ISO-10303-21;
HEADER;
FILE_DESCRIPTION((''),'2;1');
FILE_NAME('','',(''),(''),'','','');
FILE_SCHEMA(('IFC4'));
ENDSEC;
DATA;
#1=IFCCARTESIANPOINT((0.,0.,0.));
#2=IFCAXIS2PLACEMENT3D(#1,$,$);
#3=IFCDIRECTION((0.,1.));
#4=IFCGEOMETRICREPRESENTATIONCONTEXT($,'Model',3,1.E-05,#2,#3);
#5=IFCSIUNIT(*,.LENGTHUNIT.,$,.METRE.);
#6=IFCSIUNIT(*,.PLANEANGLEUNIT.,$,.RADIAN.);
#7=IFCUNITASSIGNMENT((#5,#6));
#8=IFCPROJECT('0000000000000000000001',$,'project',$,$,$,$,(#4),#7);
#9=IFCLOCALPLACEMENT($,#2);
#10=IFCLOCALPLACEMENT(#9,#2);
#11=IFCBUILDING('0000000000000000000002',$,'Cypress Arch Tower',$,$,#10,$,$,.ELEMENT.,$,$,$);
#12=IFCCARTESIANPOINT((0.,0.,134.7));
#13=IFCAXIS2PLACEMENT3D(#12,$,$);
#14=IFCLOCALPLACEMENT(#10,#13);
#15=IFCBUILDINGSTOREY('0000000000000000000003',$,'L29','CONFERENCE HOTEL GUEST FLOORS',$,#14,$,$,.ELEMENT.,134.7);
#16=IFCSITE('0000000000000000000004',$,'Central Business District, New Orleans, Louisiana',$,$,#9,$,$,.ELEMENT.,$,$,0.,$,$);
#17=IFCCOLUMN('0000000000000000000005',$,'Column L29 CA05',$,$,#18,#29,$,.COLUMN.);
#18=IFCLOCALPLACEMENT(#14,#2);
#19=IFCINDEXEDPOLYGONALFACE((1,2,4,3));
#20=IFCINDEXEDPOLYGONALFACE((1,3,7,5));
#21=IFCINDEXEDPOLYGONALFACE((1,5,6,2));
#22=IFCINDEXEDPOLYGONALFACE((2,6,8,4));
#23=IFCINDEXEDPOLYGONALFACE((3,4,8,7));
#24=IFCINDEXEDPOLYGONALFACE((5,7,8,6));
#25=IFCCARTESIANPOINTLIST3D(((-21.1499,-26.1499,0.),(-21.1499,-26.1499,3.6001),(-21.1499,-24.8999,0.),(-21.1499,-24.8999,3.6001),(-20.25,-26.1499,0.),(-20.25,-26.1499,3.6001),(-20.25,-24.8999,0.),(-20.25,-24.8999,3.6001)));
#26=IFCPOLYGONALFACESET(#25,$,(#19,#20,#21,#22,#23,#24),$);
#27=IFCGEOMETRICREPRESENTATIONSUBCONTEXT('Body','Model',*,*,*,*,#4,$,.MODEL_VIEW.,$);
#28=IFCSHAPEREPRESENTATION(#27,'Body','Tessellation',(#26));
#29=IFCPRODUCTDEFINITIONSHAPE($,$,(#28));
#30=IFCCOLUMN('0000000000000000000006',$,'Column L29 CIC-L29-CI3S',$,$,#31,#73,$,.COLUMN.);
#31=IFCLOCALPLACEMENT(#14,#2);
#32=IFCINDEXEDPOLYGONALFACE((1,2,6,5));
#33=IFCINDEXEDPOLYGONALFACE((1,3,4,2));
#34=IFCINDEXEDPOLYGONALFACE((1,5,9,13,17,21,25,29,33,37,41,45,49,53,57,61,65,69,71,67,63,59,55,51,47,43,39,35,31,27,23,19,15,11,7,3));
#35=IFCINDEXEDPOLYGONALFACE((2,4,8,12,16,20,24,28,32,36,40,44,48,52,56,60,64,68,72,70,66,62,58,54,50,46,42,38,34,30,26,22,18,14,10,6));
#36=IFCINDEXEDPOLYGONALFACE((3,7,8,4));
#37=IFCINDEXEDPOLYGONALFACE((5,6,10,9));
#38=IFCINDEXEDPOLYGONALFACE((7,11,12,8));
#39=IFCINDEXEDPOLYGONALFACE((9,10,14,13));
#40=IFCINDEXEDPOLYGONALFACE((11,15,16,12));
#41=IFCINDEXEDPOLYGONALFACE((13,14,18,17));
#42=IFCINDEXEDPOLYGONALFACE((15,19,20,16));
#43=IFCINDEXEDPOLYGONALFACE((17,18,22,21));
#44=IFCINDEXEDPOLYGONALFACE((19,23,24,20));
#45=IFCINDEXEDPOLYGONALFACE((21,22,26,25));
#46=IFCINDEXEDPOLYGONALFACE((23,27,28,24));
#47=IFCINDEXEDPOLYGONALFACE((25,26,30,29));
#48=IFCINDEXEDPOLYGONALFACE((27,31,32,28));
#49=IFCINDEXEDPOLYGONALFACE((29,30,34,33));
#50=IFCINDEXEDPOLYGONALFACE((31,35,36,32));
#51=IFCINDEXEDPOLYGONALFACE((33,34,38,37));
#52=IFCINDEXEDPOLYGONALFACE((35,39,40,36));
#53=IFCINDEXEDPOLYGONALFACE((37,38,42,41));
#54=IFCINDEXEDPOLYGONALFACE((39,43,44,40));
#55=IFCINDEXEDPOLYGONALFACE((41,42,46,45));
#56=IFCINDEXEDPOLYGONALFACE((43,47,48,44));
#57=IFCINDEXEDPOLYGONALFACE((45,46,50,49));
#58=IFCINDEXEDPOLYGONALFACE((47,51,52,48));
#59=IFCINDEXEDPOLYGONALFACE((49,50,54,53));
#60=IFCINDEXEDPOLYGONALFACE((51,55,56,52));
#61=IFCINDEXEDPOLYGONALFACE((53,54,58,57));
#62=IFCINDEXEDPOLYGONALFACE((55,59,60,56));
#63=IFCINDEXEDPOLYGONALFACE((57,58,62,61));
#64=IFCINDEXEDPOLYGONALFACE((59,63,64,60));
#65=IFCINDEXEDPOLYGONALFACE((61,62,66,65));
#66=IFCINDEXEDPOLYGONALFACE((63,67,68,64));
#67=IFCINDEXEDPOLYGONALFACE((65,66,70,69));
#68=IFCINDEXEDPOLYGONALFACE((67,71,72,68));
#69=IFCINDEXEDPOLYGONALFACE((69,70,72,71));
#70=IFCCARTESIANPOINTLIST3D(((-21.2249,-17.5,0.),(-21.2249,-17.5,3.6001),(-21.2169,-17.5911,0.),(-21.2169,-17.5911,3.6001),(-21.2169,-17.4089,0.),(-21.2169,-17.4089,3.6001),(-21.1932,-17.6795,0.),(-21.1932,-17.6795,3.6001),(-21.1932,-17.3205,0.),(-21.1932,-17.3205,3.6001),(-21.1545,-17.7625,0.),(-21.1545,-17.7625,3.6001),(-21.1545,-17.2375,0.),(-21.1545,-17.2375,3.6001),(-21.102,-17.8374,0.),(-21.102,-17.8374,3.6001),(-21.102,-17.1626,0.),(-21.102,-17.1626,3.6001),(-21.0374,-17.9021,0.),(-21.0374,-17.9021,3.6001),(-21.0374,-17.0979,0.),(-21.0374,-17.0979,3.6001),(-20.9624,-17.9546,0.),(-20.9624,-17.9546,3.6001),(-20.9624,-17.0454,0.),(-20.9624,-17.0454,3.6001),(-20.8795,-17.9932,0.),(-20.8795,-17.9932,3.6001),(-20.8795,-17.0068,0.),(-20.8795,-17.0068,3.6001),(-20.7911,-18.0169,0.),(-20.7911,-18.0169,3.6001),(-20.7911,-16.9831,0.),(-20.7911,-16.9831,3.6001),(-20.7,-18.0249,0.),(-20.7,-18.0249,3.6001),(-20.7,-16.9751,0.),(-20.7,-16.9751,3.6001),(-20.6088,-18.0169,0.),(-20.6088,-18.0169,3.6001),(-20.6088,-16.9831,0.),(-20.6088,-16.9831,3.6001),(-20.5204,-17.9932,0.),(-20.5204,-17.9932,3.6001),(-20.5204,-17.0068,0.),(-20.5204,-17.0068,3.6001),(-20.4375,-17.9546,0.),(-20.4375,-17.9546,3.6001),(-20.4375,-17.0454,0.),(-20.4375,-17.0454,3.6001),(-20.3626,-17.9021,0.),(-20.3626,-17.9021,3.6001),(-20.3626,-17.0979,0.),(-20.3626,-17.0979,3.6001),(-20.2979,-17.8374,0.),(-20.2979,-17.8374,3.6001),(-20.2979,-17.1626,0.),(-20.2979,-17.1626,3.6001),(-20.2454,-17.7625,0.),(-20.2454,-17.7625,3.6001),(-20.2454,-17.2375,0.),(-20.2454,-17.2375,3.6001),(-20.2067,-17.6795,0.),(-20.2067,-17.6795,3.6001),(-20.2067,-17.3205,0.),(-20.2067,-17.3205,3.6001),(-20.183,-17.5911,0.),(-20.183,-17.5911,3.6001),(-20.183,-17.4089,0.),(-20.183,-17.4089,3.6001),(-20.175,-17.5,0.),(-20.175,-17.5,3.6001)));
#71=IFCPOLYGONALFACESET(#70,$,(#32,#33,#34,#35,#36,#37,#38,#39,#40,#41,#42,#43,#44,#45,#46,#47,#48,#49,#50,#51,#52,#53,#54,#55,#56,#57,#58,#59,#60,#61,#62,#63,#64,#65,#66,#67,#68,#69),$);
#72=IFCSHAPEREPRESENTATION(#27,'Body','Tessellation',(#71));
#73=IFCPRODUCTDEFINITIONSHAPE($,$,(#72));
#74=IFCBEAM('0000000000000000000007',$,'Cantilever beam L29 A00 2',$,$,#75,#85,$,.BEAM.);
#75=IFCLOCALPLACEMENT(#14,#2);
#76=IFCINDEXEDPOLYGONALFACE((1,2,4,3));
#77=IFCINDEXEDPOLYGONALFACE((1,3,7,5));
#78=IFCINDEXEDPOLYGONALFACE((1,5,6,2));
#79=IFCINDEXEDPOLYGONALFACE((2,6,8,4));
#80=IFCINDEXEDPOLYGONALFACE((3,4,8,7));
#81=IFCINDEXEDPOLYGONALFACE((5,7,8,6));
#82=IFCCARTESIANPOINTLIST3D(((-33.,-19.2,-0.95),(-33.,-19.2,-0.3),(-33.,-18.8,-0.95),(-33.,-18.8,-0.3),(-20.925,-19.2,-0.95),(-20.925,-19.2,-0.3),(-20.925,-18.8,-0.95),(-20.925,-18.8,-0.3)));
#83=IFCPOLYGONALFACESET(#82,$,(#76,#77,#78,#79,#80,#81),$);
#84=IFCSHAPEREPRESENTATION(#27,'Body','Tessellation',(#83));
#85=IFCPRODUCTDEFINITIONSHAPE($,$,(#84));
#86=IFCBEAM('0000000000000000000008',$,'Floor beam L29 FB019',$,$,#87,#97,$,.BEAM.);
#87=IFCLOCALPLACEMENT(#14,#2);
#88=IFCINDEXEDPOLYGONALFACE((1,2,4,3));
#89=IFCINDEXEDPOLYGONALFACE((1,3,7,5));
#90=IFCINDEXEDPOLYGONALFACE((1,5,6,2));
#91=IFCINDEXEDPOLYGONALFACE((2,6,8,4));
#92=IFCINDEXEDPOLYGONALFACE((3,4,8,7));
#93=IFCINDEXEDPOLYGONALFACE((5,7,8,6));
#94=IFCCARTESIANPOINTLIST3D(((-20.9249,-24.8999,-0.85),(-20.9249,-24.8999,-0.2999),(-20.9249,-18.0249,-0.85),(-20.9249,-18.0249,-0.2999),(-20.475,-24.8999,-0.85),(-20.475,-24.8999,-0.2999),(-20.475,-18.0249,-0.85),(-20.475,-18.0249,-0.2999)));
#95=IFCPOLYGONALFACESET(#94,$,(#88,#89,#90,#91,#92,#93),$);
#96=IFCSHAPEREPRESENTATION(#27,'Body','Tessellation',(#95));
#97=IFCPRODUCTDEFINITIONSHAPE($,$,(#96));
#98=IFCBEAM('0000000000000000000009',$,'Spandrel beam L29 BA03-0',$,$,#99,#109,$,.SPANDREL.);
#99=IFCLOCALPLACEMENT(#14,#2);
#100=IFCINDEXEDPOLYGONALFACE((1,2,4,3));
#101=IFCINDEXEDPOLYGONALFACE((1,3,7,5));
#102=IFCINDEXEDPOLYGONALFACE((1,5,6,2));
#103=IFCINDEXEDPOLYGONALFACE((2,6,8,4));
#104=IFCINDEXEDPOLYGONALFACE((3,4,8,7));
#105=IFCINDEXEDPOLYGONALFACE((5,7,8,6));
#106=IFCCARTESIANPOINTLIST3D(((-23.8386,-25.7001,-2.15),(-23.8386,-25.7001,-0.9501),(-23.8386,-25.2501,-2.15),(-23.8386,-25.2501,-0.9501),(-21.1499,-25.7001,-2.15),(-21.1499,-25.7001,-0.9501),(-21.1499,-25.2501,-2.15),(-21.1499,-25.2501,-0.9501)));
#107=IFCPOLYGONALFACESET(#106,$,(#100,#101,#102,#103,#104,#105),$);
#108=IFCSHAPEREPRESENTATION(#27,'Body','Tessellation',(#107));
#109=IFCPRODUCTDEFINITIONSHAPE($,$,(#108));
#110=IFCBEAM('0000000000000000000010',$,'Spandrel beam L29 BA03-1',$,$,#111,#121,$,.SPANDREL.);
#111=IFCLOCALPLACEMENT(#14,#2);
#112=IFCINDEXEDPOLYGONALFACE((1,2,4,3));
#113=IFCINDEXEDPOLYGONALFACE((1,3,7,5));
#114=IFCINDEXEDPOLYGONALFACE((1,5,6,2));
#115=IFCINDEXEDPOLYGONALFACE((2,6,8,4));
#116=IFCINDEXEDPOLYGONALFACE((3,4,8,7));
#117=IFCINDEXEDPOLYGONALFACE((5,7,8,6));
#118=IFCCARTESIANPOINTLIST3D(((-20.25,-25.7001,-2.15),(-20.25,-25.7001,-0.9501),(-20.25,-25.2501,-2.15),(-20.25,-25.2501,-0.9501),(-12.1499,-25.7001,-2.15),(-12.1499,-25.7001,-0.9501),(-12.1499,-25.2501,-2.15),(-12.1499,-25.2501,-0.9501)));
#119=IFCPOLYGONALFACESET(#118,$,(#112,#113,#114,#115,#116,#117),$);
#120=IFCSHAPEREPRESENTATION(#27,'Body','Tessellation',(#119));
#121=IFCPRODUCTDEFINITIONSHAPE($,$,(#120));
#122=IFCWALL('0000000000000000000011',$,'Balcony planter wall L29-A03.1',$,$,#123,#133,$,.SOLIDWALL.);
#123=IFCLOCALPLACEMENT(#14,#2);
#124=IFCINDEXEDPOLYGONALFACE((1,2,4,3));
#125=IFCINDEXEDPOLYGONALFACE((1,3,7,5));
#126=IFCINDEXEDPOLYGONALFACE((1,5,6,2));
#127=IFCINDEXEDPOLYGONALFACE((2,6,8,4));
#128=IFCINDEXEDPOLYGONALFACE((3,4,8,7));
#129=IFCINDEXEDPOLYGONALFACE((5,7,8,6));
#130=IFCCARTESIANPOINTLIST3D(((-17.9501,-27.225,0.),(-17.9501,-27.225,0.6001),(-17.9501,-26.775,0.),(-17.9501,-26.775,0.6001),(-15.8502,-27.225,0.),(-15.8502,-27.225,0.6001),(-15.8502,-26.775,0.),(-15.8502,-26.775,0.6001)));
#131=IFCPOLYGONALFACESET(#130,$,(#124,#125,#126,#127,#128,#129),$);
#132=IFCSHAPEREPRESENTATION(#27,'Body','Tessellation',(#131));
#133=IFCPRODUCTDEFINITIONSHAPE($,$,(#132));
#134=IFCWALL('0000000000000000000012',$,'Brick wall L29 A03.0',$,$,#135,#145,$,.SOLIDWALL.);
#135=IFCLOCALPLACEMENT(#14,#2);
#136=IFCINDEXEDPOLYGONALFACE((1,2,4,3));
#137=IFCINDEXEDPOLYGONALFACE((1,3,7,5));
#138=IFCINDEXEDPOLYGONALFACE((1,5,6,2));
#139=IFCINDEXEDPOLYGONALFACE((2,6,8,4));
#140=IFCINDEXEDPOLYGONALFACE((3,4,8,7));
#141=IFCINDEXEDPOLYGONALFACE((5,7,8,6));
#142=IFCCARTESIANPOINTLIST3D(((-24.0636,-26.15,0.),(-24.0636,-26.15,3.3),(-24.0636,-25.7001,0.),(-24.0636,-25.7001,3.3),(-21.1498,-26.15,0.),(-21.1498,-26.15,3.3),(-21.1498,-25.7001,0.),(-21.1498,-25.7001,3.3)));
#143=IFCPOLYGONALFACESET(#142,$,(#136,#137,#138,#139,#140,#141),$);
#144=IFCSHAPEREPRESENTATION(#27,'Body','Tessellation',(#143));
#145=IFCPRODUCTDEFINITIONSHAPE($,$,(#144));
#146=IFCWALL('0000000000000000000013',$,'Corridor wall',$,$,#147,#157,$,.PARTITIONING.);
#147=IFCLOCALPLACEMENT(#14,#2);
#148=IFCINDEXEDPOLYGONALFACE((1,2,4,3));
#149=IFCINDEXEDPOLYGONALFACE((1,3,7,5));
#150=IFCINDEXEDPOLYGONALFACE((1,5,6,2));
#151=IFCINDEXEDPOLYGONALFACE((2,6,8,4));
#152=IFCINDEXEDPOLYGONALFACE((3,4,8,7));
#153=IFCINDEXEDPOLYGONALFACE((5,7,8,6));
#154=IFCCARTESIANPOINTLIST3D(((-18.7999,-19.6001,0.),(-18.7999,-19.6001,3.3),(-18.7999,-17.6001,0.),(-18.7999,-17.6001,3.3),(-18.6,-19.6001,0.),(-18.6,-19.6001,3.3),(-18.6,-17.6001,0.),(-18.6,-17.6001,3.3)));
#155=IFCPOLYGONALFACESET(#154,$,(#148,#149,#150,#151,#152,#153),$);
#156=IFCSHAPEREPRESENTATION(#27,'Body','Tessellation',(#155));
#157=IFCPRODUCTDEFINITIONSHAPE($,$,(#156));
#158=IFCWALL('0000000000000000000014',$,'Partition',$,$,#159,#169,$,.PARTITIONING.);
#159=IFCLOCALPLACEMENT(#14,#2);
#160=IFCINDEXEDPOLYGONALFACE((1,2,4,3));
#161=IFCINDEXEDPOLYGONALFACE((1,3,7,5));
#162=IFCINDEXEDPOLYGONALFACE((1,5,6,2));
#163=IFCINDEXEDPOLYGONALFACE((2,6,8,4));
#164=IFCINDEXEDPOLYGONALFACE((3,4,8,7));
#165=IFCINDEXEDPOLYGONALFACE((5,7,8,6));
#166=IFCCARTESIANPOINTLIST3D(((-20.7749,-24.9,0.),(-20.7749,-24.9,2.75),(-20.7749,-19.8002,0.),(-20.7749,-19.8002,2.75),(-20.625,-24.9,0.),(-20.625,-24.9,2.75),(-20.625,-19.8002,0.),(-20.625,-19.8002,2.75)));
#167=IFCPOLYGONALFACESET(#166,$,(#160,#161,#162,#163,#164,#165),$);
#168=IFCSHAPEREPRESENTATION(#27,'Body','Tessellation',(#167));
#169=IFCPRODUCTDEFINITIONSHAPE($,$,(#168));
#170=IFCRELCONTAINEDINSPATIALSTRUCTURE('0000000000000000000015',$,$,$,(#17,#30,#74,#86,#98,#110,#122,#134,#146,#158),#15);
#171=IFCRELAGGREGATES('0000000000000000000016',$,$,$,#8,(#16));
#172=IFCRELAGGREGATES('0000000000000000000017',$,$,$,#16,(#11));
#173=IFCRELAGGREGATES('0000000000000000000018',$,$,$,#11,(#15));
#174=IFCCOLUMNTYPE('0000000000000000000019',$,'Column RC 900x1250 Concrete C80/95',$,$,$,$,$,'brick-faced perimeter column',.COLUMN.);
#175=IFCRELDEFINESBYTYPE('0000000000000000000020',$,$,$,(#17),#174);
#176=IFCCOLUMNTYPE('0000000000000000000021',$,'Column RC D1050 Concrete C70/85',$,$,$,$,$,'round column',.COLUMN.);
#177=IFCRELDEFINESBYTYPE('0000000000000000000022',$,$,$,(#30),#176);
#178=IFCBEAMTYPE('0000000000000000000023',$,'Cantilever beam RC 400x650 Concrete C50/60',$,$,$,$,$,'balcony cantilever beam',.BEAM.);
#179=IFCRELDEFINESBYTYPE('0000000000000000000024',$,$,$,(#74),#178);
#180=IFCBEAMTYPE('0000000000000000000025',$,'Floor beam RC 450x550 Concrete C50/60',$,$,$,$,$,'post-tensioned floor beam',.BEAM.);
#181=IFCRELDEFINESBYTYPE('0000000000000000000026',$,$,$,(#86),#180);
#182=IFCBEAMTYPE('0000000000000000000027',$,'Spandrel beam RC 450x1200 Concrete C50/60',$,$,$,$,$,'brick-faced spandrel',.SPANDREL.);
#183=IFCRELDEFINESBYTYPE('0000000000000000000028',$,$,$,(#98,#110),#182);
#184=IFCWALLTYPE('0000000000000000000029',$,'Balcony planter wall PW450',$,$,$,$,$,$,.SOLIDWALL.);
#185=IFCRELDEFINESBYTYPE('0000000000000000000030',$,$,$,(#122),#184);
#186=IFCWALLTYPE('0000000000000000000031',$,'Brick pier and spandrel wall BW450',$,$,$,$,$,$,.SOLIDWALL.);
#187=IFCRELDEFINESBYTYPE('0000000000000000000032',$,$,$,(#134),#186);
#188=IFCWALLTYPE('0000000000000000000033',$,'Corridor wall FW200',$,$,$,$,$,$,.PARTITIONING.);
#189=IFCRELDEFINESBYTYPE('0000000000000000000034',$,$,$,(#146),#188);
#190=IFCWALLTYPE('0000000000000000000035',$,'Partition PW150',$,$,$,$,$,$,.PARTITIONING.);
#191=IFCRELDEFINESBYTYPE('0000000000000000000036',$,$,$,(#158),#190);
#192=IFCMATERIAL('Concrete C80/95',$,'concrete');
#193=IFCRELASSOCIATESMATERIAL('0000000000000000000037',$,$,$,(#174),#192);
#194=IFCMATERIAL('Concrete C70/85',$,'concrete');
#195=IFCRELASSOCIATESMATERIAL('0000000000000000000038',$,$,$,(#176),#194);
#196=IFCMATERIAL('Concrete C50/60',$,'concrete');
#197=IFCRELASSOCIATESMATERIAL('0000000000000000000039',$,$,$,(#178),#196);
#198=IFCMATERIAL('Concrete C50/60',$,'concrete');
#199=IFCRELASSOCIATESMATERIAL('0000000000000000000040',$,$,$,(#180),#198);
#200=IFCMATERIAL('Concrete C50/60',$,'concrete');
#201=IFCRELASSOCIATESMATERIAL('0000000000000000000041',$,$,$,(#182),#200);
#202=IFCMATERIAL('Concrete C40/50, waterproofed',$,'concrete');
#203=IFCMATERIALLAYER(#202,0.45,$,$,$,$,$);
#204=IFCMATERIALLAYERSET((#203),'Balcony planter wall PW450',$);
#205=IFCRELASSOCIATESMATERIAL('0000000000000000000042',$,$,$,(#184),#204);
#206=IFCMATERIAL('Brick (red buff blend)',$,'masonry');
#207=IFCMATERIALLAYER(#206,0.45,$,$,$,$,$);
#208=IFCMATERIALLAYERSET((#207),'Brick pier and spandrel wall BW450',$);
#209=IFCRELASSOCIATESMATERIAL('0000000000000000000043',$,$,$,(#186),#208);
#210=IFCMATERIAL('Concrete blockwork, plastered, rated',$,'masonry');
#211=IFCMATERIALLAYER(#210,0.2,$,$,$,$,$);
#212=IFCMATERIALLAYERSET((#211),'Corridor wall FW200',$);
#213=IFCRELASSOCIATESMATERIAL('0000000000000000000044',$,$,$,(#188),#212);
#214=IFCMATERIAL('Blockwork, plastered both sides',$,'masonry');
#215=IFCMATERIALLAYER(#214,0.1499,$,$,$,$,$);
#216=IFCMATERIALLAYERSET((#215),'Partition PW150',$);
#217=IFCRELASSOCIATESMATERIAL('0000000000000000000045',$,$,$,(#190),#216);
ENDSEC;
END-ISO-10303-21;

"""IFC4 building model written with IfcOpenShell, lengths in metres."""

from ifc_helpers import new_model, si_unit, direction, frame, frame_2d, origin, origin_2d, place, context, subcontext, project, spatial, rectangle, circle, extrude, material, layer, layer_set, material_profile, profile_set, type_object, element, save


model = new_model("IFC4")

# Units and contexts
model_context = context("Model", 3, precision=1e-05, world=origin(), true_north=direction((0.0, 1.0)))
body_context = subcontext(model_context, "Body", "Model", "MODEL_VIEW")
ifc_project = project(units=[si_unit("LENGTHUNIT", "METRE"), si_unit("PLANEANGLEUNIT", "RADIAN")], contexts=[model_context])

# Site, building, storey
site_placement = place(None, origin())
site = spatial("IfcSite", under=ifc_project, at=site_placement, Name="Central Business District, New Orleans, Louisiana", CompositionType="ELEMENT", RefElevation=0.0)
building_placement = place(site_placement, origin())
building = spatial("IfcBuilding", under=site, at=building_placement, Name="Cypress Arch Tower", CompositionType="ELEMENT")
storey_placement = place(building_placement, frame((0.0, 0.0, 134.7)))
storey = spatial("IfcBuildingStorey", under=building, at=storey_placement, Name="L29", Description="CONFERENCE HOTEL GUEST FLOORS", CompositionType="ELEMENT", Elevation=134.7)

# Columns
ifc_material_1 = material(Name="Concrete C80/95", Category="concrete")
ifc_material_profile_1 = material_profile(ifc_material_1, rectangle(XDim=0.8999, YDim=1.25, at=origin_2d()), Name="RC 900x1250")
ifc_profile_set_1 = profile_set([ifc_material_profile_1], Name="Concrete C80/95")
column_type_1 = type_object("IfcColumnType", Name="Column RC 900x1250 Concrete C80/95", ElementType="brick-faced perimeter column", PredefinedType="COLUMN", material=ifc_profile_set_1)
column_1_placement = place(storey_placement, frame((-20.7, -25.5249, 0.0), z_axis=(0.0, 0.0, 1.0), x_axis=(1.0, 0.0, 0.0)))
element("IfcColumn", 1, at=column_1_placement, inside=storey, type_object=column_type_1, Name="Column L29 CA05", PredefinedType="COLUMN", context=body_context, shape_type="SweptSolid", body=[
    extrude(rectangle(XDim=0.8999, YDim=1.25, at=origin_2d()), origin(), (0.0, 0.0, 1.0), 3.6001),
])
ifc_material_2 = material(Name="Concrete C70/85", Category="concrete")
ifc_material_profile_2 = material_profile(ifc_material_2, circle(Radius=0.5249, at=origin_2d()), Name="RC D1050")
ifc_profile_set_2 = profile_set([ifc_material_profile_2], Name="Concrete C70/85")
column_type_2 = type_object("IfcColumnType", Name="Column RC D1050 Concrete C70/85", ElementType="round column", PredefinedType="COLUMN", material=ifc_profile_set_2)
column_2_placement = place(storey_placement, frame((-20.7, -17.5, 0.0), z_axis=(0.0, 0.0, 1.0), x_axis=(1.0, 0.0, 0.0)))
element("IfcColumn", 2, at=column_2_placement, inside=storey, type_object=column_type_2, Name="Column L29 CIC-L29-CI3S", PredefinedType="COLUMN", context=body_context, shape_type="SweptSolid", body=[
    extrude(circle(Radius=0.5249, at=origin_2d()), origin(), (0.0, 0.0, 1.0), 3.6001),
])

# Beams
ifc_material_3 = material(Name="Concrete C50/60", Category="concrete")
ifc_material_profile_3 = material_profile(ifc_material_3, rectangle(XDim=0.3999, YDim=0.6499, at=origin_2d()), Name="RC 400x650")
ifc_profile_set_3 = profile_set([ifc_material_profile_3], Name="Concrete C50/60")
beam_type_1 = type_object("IfcBeamType", Name="Cantilever beam RC 400x650 Concrete C50/60", ElementType="balcony cantilever beam", PredefinedType="BEAM", material=ifc_profile_set_3)
beam_1_placement = place(storey_placement, frame((-20.925, -19.0, -0.625), z_axis=(-1.0, 0.0, 0.0), x_axis=(0.0, -1.0, 0.0)))
element("IfcBeam", 3, at=beam_1_placement, inside=storey, type_object=beam_type_1, Name="Cantilever beam L29 A00 2", PredefinedType="BEAM", context=body_context, shape_type="SweptSolid", body=[
    extrude(rectangle(XDim=0.3999, YDim=0.6499, at=origin_2d()), origin(), (0.0, 0.0, 1.0), 12.075),
])
ifc_material_4 = material(Name="Concrete C50/60", Category="concrete")
ifc_material_profile_4 = material_profile(ifc_material_4, rectangle(XDim=0.45, YDim=0.55, at=origin_2d()), Name="RC 450x550")
ifc_profile_set_4 = profile_set([ifc_material_profile_4], Name="Concrete C50/60")
beam_type_2 = type_object("IfcBeamType", Name="Floor beam RC 450x550 Concrete C50/60", ElementType="post-tensioned floor beam", PredefinedType="BEAM", material=ifc_profile_set_4)
beam_2_placement = place(storey_placement, frame((-20.7, -24.8999, -0.575), z_axis=(0.0, 1.0, 0.0), x_axis=(-1.0, 0.0, 0.0)))
element("IfcBeam", 4, at=beam_2_placement, inside=storey, type_object=beam_type_2, Name="Floor beam L29 FB019", PredefinedType="BEAM", context=body_context, shape_type="SweptSolid", body=[
    extrude(rectangle(XDim=0.45, YDim=0.55, at=origin_2d()), origin(), (0.0, 0.0, 1.0), 6.875),
])
ifc_material_5 = material(Name="Concrete C50/60", Category="concrete")
ifc_material_profile_5 = material_profile(ifc_material_5, rectangle(XDim=0.45, YDim=1.2, at=origin_2d()), Name="RC 450x1200")
ifc_profile_set_5 = profile_set([ifc_material_profile_5], Name="Concrete C50/60")
beam_type_3 = type_object("IfcBeamType", Name="Spandrel beam RC 450x1200 Concrete C50/60", ElementType="brick-faced spandrel", PredefinedType="SPANDREL", material=ifc_profile_set_5)
beam_3_placement = place(storey_placement, frame((-23.8386, -25.4751, -1.55), z_axis=(1.0, 0.0, 0.0), x_axis=(0.0, 1.0, 0.0)))
element("IfcBeam", 5, at=beam_3_placement, inside=storey, type_object=beam_type_3, Name="Spandrel beam L29 BA03-0", PredefinedType="SPANDREL", context=body_context, shape_type="SweptSolid", body=[
    extrude(rectangle(XDim=0.45, YDim=1.2, at=origin_2d()), origin(), (0.0, 0.0, 1.0), 2.6887),
])
beam_4_placement = place(storey_placement, frame((-20.25, -25.4751, -1.55), z_axis=(1.0, 0.0, 0.0), x_axis=(0.0, 1.0, 0.0)))
element("IfcBeam", 6, at=beam_4_placement, inside=storey, type_object=beam_type_3, Name="Spandrel beam L29 BA03-1", PredefinedType="SPANDREL", context=body_context, shape_type="SweptSolid", body=[
    extrude(rectangle(XDim=0.45, YDim=1.2, at=origin_2d()), origin(), (0.0, 0.0, 1.0), 8.1001),
])

# Walls
ifc_material_6 = material(Name="Concrete C40/50, waterproofed", Category="concrete")
ifc_layer_1 = layer(ifc_material_6, 0.45)
ifc_layer_set_1 = layer_set([ifc_layer_1], Name="Balcony planter wall PW450")
wall_type_1 = type_object("IfcWallType", Name="Balcony planter wall PW450", PredefinedType="SOLIDWALL", material=ifc_layer_set_1)
wall_1_placement = place(storey_placement, frame((-17.95, -27.0, 0.0), z_axis=(0.0, 0.0, 1.0), x_axis=(1.0, 0.0, 0.0)))
element("IfcWall", 7, at=wall_1_placement, inside=storey, type_object=wall_type_1, Name="Balcony planter wall L29-A03.1", PredefinedType="SOLIDWALL", context=body_context, shape_type="SweptSolid", body=[
    extrude(rectangle(XDim=2.0999, YDim=0.45, at=frame_2d((1.0498, 0.0))), origin(), (0.0, 0.0, 1.0), 0.6001),
])
ifc_material_7 = material(Name="Brick (red buff blend)", Category="masonry")
ifc_layer_2 = layer(ifc_material_7, 0.45)
ifc_layer_set_2 = layer_set([ifc_layer_2], Name="Brick pier and spandrel wall BW450")
wall_type_2 = type_object("IfcWallType", Name="Brick pier and spandrel wall BW450", PredefinedType="SOLIDWALL", material=ifc_layer_set_2)
wall_2_placement = place(storey_placement, frame((-24.0637, -25.925, 0.0), z_axis=(0.0, 0.0, 1.0), x_axis=(1.0, 0.0, 0.0)))
element("IfcWall", 8, at=wall_2_placement, inside=storey, type_object=wall_type_2, Name="Brick wall L29 A03.0", PredefinedType="SOLIDWALL", context=body_context, shape_type="SweptSolid", body=[
    extrude(rectangle(XDim=2.9138, YDim=0.45, at=frame_2d((1.457, 0.0))), origin(), (0.0, 0.0, 1.0), 3.3),
])

# Shared definitions
ifc_material_8 = material(Name="Concrete blockwork, plastered, rated", Category="masonry")
ifc_layer_3 = layer(ifc_material_8, 0.2)
ifc_layer_set_3 = layer_set([ifc_layer_3], Name="Corridor wall FW200")
wall_type_3 = type_object("IfcWallType", Name="Corridor wall FW200", PredefinedType="PARTITIONING", material=ifc_layer_set_3)

# Walls
wall_3_placement = place(storey_placement, frame((-18.7, -19.6001, 0.0), z_axis=(0.0, 0.0, 1.0), x_axis=(0.0, 1.0, 0.0)))
element("IfcWall", 9, at=wall_3_placement, inside=storey, type_object=wall_type_3, Name="Corridor wall", PredefinedType="PARTITIONING", context=body_context, shape_type="SweptSolid", body=[
    extrude(rectangle(XDim=2.0, YDim=0.2, at=frame_2d((1.0, 0.0))), origin(), (0.0, 0.0, 1.0), 3.3),
])
ifc_material_9 = material(Name="Blockwork, plastered both sides", Category="masonry")
ifc_layer_4 = layer(ifc_material_9, 0.1499)
ifc_layer_set_4 = layer_set([ifc_layer_4], Name="Partition PW150")
wall_type_4 = type_object("IfcWallType", Name="Partition PW150", PredefinedType="PARTITIONING", material=ifc_layer_set_4)
wall_4_placement = place(storey_placement, frame((-20.7, -24.8999, 0.0), z_axis=(0.0, 0.0, 1.0), x_axis=(0.0, 1.0, 0.0)))
element("IfcWall", 10, at=wall_4_placement, inside=storey, type_object=wall_type_4, Name="Partition", PredefinedType="PARTITIONING", context=body_context, shape_type="SweptSolid", body=[
    extrude(rectangle(XDim=5.0999, YDim=0.1499, at=frame_2d((2.5498, 0.0))), origin(), (0.0, 0.0, 1.0), 2.75),
])

save(model, "model.ifc")
